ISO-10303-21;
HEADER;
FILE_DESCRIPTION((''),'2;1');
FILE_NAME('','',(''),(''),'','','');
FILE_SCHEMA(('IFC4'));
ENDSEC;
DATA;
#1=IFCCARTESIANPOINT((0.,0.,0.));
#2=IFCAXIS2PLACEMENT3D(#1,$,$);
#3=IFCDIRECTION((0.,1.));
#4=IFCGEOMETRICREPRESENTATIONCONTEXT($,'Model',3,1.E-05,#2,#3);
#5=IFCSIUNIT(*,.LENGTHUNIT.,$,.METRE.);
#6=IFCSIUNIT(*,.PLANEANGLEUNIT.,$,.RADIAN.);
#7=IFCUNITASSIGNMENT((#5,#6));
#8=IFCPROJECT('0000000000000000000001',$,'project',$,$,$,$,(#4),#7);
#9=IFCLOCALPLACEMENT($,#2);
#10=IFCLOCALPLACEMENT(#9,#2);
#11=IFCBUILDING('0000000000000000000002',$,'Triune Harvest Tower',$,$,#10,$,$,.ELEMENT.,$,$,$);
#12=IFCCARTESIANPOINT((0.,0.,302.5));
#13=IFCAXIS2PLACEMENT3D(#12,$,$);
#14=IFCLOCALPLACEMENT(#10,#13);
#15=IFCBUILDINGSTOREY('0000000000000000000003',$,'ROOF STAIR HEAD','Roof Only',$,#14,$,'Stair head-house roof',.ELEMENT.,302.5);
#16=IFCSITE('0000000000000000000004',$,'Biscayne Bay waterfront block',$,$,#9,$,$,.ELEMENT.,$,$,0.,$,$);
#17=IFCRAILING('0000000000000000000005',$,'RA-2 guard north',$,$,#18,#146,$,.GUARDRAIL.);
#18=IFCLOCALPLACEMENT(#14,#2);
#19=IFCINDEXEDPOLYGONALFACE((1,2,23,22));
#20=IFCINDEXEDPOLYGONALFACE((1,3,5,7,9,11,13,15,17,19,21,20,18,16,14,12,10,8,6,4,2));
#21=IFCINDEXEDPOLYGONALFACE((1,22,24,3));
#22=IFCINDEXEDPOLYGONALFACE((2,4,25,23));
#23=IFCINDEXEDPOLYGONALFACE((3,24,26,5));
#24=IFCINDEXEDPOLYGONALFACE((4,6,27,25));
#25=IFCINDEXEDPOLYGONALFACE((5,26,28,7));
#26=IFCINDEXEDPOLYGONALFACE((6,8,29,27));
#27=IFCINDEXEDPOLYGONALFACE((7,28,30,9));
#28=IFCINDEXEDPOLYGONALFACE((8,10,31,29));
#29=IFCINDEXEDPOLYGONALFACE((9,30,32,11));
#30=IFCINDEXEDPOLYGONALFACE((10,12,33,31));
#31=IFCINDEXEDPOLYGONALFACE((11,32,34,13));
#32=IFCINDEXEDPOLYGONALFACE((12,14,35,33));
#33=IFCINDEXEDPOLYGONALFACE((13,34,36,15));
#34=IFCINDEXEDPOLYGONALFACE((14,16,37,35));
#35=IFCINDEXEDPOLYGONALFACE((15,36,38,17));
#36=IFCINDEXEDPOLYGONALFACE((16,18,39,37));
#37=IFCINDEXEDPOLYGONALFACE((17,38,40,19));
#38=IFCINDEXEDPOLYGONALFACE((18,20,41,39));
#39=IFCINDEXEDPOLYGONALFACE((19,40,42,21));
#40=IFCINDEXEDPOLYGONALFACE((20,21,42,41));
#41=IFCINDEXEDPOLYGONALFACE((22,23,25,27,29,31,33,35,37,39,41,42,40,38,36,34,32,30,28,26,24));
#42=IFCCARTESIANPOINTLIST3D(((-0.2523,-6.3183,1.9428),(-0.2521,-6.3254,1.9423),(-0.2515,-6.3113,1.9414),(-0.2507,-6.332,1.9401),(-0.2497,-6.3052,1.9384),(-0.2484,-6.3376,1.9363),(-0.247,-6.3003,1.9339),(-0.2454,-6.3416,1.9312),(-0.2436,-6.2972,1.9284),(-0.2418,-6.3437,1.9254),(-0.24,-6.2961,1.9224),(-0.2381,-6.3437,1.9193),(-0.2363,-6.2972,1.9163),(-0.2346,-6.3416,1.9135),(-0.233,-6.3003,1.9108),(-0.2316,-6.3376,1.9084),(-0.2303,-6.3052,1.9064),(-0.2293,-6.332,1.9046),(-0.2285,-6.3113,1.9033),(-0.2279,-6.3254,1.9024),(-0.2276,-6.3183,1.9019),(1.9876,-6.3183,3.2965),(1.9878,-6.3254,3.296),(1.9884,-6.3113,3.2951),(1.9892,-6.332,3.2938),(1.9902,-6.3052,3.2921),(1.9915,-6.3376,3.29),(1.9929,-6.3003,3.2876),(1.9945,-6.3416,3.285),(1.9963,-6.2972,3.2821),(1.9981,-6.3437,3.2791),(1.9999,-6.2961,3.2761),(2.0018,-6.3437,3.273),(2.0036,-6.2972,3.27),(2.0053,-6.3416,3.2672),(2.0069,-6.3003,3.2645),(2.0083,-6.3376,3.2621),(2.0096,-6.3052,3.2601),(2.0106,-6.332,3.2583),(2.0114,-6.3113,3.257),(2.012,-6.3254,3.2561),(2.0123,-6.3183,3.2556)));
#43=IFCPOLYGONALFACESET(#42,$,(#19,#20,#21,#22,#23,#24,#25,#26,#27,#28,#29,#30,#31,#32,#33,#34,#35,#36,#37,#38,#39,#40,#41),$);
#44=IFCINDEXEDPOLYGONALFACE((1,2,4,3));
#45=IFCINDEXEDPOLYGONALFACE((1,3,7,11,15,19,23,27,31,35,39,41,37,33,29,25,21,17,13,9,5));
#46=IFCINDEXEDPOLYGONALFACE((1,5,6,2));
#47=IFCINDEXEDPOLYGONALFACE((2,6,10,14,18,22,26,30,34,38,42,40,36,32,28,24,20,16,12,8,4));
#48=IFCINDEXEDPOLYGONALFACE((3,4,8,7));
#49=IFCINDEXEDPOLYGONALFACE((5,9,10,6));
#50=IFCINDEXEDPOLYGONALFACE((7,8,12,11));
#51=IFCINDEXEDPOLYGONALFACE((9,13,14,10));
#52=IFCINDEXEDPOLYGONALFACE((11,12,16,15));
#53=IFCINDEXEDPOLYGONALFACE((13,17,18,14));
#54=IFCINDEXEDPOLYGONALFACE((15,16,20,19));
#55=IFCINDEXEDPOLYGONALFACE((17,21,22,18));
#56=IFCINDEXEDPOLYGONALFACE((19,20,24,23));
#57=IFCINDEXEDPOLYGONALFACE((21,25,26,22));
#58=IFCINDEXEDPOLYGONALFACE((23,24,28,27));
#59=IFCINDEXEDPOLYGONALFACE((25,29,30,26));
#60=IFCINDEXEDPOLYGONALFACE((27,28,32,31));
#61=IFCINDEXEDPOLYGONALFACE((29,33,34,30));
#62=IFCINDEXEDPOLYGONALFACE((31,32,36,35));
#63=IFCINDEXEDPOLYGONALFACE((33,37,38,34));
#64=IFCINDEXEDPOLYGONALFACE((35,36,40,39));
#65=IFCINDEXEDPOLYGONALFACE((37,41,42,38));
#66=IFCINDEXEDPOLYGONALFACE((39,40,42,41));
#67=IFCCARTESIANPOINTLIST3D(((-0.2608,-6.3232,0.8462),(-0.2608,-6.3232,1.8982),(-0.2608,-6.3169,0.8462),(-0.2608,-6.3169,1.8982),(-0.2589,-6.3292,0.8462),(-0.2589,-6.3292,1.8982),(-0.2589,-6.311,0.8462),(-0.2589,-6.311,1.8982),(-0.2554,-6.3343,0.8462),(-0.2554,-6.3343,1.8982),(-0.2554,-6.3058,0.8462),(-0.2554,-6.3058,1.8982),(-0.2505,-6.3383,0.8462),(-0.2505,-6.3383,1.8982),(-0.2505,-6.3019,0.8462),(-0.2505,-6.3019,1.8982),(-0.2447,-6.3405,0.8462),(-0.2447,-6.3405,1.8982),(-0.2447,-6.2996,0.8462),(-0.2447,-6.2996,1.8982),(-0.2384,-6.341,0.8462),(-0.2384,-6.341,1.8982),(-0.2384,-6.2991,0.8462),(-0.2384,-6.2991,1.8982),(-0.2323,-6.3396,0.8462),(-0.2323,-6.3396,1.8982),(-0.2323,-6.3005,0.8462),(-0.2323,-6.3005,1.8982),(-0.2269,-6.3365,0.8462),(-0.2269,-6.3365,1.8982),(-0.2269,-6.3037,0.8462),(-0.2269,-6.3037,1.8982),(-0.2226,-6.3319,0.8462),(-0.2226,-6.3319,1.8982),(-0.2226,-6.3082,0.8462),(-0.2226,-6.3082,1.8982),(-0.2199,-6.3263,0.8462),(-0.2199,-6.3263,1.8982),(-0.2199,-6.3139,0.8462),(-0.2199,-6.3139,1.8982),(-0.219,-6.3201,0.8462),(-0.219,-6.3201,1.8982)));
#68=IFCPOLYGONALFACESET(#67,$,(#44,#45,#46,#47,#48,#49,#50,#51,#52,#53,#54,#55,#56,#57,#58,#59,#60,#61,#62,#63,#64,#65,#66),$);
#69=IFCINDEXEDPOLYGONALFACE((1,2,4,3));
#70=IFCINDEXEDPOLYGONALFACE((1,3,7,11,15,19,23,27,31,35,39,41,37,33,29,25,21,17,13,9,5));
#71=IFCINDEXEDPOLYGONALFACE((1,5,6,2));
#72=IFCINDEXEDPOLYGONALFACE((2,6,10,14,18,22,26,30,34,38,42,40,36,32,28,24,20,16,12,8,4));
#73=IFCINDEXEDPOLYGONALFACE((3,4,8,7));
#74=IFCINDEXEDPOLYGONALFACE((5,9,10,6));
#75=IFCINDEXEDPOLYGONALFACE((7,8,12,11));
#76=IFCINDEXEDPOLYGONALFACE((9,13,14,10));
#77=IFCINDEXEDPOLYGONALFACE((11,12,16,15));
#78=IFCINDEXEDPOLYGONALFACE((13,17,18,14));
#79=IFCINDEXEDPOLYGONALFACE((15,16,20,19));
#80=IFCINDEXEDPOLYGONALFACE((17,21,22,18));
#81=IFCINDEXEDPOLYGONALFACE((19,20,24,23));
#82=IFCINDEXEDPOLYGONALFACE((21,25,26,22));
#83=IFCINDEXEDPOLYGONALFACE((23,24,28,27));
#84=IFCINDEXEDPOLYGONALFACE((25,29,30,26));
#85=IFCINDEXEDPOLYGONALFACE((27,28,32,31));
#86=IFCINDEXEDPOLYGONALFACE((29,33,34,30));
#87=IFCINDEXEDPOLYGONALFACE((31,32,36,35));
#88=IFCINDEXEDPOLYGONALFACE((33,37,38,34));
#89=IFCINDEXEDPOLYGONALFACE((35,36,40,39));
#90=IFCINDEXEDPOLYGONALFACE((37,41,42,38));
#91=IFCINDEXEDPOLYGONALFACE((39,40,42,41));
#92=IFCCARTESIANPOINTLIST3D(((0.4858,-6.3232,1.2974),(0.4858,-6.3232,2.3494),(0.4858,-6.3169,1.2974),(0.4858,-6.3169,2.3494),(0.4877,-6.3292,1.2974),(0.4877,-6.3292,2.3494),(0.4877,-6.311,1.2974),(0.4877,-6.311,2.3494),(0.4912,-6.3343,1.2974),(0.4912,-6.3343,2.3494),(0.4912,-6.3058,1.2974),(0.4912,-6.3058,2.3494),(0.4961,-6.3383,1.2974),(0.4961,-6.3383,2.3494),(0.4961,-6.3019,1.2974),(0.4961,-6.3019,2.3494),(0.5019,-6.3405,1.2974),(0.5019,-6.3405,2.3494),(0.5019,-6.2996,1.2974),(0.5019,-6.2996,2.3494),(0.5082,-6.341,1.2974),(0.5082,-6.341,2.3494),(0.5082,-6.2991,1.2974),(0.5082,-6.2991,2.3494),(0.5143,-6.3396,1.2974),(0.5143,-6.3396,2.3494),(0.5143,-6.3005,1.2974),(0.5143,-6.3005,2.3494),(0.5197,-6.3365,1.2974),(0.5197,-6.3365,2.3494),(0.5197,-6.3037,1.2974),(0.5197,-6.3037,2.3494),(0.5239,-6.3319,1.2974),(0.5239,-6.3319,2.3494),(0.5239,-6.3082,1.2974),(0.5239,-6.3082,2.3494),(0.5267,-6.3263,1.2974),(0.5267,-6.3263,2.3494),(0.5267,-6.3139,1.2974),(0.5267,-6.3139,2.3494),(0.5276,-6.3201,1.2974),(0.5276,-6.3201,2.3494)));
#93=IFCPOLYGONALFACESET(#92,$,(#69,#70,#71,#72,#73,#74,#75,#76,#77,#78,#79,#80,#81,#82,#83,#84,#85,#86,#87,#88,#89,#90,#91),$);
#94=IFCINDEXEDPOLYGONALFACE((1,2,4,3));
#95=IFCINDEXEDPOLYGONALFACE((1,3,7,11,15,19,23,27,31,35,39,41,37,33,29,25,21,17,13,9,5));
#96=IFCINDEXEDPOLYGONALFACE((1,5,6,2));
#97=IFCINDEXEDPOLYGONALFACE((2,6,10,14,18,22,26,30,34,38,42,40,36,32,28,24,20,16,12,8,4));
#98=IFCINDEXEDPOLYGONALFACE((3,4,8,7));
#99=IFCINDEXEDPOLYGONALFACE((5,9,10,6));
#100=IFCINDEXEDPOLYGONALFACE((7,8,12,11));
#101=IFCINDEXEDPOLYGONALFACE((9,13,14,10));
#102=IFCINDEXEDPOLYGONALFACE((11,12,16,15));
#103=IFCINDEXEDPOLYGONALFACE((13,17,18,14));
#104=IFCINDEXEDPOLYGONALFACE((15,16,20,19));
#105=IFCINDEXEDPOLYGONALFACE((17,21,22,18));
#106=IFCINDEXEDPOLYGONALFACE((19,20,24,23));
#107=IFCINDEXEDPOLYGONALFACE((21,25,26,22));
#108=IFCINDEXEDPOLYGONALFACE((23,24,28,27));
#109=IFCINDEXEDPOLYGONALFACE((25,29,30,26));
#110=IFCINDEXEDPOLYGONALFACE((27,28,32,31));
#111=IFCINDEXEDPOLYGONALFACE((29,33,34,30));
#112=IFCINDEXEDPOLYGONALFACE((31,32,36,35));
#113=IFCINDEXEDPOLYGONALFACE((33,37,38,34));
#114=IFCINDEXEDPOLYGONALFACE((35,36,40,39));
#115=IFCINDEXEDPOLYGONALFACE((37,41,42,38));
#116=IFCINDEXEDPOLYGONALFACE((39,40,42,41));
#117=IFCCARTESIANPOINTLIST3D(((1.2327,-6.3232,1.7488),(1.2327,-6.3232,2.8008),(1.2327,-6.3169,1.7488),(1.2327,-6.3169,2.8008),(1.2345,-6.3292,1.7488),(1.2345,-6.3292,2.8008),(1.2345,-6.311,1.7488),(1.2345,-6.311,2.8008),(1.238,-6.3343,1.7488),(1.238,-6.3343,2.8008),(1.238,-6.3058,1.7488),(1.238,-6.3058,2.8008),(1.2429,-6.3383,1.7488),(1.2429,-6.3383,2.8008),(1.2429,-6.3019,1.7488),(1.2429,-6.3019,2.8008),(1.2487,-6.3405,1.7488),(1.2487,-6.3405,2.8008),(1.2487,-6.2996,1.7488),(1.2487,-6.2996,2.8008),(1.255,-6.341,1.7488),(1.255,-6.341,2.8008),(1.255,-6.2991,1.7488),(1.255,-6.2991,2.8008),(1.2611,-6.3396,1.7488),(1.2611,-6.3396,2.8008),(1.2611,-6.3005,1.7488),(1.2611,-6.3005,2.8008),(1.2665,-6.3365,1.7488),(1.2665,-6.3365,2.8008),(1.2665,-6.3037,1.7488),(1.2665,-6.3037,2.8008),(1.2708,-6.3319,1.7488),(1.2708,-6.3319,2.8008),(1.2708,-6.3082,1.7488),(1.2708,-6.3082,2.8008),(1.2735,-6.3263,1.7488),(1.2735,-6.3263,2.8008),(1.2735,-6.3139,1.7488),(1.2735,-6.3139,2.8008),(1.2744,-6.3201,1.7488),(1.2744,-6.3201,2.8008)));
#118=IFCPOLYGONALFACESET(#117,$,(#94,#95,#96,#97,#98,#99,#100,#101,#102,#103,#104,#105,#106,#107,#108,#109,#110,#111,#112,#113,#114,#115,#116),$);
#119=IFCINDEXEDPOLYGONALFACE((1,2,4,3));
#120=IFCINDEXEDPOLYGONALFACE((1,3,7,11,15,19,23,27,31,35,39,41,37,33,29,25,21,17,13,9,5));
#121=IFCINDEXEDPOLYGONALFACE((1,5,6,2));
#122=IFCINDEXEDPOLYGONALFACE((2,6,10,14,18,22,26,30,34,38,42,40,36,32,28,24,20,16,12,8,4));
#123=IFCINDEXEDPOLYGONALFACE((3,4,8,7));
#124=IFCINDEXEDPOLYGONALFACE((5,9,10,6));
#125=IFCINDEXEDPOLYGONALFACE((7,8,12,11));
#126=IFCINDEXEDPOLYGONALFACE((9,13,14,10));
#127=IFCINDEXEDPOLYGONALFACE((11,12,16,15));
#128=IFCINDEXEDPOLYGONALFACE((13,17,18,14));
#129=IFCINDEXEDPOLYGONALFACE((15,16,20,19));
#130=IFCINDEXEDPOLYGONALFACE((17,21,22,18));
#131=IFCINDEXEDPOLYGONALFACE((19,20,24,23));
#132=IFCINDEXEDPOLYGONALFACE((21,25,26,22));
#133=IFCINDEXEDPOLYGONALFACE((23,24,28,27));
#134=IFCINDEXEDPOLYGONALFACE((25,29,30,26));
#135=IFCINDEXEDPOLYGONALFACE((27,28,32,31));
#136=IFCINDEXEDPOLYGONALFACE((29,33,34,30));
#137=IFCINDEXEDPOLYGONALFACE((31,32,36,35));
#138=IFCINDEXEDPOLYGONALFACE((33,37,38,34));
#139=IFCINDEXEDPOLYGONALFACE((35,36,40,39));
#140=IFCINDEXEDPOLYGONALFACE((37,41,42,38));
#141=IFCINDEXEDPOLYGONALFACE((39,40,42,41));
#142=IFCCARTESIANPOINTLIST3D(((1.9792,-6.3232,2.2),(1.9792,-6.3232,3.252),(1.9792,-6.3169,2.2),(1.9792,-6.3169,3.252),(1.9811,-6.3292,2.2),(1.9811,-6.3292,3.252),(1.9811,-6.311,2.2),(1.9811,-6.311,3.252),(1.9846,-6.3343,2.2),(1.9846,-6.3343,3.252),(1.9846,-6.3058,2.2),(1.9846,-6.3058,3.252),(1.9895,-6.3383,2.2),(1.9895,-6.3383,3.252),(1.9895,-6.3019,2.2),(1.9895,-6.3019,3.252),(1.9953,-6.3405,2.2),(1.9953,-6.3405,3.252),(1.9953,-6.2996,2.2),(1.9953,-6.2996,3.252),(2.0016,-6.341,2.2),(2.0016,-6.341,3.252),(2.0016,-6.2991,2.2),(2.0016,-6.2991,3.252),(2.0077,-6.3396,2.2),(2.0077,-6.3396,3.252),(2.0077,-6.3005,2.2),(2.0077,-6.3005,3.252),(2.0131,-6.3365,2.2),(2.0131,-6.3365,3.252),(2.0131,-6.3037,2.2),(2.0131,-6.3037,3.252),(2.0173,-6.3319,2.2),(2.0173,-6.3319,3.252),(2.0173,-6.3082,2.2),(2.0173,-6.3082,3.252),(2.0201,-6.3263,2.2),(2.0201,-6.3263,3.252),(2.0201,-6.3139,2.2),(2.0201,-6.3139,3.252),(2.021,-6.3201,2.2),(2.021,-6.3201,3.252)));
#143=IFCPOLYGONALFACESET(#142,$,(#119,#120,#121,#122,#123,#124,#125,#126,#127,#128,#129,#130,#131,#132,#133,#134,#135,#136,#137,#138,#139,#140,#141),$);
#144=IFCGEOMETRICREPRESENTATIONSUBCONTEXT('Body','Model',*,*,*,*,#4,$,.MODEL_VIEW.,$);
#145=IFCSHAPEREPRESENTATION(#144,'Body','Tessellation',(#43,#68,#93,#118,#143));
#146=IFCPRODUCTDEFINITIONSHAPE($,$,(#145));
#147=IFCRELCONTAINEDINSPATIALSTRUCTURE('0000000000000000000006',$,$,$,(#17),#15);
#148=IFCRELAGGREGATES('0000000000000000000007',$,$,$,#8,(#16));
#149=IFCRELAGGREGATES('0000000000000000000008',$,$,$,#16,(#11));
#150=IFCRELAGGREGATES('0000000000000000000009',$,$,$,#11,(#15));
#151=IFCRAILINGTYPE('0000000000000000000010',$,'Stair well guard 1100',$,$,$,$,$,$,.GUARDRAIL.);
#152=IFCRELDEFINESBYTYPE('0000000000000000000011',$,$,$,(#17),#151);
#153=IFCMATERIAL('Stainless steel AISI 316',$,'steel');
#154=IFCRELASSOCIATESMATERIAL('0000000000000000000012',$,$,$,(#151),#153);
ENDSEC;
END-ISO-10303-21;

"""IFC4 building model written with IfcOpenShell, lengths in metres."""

from ifc_helpers import new_model, si_unit, direction, frame, origin, origin_2d, place, context, subcontext, project, spatial, circle, extrude, material, type_object, element, save


model = new_model("IFC4")

# Units and contexts
model_context = context("Model", 3, precision=1e-05, world=origin(), true_north=direction((0.0, 1.0)))
body_context = subcontext(model_context, "Body", "Model", "MODEL_VIEW")
ifc_project = project(units=[si_unit("LENGTHUNIT", "METRE"), si_unit("PLANEANGLEUNIT", "RADIAN")], contexts=[model_context])

# Site, building, storey
site_placement = place(None, origin())
site = spatial("IfcSite", under=ifc_project, at=site_placement, Name="Biscayne Bay waterfront block", CompositionType="ELEMENT", RefElevation=0.0)
building_placement = place(site_placement, origin())
building = spatial("IfcBuilding", under=site, at=building_placement, Name="Triune Harvest Tower", CompositionType="ELEMENT")
storey_placement = place(building_placement, frame((0.0, 0.0, 302.5)))
storey = spatial("IfcBuildingStorey", under=building, at=storey_placement, Name="ROOF STAIR HEAD", Description="Roof Only", LongName="Stair head-house roof", CompositionType="ELEMENT", Elevation=302.5)

# Railing
ifc_material_1 = material(Name="Stainless steel AISI 316", Category="steel")
railing_type_1 = type_object("IfcRailingType", Name="Stair well guard 1100", PredefinedType="GUARDRAIL", material=ifc_material_1)
railing_1_placement = place(storey_placement, frame((-0.24, -6.3201, 0.8462)))
element("IfcRailing", 1, at=railing_1_placement, inside=storey, type_object=railing_type_1, Name="RA-2 guard north", PredefinedType="GUARDRAIL", context=body_context, shape_type="SweptSolid", body=[
    extrude(circle(Radius=0.0239, at=origin_2d()), frame((0.0, 0.0, 1.0762), z_axis=(0.855842, 0.0, 0.517237), x_axis=(0.0, 1.0, 0.0)), (0.0, 0.0, 1.0), 2.6172),
    extrude(circle(Radius=0.021, at=origin_2d()), origin(), (0.0, 0.0, 1.0), 1.052),
    extrude(circle(Radius=0.021, at=origin_2d()), frame((0.7466, 0.0, 0.4512)), (0.0, 0.0, 1.0), 1.052),
    extrude(circle(Radius=0.021, at=origin_2d()), frame((1.4934, 0.0, 0.9026)), (0.0, 0.0, 1.0), 1.052),
    extrude(circle(Radius=0.021, at=origin_2d()), frame((2.24, 0.0, 1.3538)), (0.0, 0.0, 1.0), 1.052),
])

save(model, "model.ifc")
